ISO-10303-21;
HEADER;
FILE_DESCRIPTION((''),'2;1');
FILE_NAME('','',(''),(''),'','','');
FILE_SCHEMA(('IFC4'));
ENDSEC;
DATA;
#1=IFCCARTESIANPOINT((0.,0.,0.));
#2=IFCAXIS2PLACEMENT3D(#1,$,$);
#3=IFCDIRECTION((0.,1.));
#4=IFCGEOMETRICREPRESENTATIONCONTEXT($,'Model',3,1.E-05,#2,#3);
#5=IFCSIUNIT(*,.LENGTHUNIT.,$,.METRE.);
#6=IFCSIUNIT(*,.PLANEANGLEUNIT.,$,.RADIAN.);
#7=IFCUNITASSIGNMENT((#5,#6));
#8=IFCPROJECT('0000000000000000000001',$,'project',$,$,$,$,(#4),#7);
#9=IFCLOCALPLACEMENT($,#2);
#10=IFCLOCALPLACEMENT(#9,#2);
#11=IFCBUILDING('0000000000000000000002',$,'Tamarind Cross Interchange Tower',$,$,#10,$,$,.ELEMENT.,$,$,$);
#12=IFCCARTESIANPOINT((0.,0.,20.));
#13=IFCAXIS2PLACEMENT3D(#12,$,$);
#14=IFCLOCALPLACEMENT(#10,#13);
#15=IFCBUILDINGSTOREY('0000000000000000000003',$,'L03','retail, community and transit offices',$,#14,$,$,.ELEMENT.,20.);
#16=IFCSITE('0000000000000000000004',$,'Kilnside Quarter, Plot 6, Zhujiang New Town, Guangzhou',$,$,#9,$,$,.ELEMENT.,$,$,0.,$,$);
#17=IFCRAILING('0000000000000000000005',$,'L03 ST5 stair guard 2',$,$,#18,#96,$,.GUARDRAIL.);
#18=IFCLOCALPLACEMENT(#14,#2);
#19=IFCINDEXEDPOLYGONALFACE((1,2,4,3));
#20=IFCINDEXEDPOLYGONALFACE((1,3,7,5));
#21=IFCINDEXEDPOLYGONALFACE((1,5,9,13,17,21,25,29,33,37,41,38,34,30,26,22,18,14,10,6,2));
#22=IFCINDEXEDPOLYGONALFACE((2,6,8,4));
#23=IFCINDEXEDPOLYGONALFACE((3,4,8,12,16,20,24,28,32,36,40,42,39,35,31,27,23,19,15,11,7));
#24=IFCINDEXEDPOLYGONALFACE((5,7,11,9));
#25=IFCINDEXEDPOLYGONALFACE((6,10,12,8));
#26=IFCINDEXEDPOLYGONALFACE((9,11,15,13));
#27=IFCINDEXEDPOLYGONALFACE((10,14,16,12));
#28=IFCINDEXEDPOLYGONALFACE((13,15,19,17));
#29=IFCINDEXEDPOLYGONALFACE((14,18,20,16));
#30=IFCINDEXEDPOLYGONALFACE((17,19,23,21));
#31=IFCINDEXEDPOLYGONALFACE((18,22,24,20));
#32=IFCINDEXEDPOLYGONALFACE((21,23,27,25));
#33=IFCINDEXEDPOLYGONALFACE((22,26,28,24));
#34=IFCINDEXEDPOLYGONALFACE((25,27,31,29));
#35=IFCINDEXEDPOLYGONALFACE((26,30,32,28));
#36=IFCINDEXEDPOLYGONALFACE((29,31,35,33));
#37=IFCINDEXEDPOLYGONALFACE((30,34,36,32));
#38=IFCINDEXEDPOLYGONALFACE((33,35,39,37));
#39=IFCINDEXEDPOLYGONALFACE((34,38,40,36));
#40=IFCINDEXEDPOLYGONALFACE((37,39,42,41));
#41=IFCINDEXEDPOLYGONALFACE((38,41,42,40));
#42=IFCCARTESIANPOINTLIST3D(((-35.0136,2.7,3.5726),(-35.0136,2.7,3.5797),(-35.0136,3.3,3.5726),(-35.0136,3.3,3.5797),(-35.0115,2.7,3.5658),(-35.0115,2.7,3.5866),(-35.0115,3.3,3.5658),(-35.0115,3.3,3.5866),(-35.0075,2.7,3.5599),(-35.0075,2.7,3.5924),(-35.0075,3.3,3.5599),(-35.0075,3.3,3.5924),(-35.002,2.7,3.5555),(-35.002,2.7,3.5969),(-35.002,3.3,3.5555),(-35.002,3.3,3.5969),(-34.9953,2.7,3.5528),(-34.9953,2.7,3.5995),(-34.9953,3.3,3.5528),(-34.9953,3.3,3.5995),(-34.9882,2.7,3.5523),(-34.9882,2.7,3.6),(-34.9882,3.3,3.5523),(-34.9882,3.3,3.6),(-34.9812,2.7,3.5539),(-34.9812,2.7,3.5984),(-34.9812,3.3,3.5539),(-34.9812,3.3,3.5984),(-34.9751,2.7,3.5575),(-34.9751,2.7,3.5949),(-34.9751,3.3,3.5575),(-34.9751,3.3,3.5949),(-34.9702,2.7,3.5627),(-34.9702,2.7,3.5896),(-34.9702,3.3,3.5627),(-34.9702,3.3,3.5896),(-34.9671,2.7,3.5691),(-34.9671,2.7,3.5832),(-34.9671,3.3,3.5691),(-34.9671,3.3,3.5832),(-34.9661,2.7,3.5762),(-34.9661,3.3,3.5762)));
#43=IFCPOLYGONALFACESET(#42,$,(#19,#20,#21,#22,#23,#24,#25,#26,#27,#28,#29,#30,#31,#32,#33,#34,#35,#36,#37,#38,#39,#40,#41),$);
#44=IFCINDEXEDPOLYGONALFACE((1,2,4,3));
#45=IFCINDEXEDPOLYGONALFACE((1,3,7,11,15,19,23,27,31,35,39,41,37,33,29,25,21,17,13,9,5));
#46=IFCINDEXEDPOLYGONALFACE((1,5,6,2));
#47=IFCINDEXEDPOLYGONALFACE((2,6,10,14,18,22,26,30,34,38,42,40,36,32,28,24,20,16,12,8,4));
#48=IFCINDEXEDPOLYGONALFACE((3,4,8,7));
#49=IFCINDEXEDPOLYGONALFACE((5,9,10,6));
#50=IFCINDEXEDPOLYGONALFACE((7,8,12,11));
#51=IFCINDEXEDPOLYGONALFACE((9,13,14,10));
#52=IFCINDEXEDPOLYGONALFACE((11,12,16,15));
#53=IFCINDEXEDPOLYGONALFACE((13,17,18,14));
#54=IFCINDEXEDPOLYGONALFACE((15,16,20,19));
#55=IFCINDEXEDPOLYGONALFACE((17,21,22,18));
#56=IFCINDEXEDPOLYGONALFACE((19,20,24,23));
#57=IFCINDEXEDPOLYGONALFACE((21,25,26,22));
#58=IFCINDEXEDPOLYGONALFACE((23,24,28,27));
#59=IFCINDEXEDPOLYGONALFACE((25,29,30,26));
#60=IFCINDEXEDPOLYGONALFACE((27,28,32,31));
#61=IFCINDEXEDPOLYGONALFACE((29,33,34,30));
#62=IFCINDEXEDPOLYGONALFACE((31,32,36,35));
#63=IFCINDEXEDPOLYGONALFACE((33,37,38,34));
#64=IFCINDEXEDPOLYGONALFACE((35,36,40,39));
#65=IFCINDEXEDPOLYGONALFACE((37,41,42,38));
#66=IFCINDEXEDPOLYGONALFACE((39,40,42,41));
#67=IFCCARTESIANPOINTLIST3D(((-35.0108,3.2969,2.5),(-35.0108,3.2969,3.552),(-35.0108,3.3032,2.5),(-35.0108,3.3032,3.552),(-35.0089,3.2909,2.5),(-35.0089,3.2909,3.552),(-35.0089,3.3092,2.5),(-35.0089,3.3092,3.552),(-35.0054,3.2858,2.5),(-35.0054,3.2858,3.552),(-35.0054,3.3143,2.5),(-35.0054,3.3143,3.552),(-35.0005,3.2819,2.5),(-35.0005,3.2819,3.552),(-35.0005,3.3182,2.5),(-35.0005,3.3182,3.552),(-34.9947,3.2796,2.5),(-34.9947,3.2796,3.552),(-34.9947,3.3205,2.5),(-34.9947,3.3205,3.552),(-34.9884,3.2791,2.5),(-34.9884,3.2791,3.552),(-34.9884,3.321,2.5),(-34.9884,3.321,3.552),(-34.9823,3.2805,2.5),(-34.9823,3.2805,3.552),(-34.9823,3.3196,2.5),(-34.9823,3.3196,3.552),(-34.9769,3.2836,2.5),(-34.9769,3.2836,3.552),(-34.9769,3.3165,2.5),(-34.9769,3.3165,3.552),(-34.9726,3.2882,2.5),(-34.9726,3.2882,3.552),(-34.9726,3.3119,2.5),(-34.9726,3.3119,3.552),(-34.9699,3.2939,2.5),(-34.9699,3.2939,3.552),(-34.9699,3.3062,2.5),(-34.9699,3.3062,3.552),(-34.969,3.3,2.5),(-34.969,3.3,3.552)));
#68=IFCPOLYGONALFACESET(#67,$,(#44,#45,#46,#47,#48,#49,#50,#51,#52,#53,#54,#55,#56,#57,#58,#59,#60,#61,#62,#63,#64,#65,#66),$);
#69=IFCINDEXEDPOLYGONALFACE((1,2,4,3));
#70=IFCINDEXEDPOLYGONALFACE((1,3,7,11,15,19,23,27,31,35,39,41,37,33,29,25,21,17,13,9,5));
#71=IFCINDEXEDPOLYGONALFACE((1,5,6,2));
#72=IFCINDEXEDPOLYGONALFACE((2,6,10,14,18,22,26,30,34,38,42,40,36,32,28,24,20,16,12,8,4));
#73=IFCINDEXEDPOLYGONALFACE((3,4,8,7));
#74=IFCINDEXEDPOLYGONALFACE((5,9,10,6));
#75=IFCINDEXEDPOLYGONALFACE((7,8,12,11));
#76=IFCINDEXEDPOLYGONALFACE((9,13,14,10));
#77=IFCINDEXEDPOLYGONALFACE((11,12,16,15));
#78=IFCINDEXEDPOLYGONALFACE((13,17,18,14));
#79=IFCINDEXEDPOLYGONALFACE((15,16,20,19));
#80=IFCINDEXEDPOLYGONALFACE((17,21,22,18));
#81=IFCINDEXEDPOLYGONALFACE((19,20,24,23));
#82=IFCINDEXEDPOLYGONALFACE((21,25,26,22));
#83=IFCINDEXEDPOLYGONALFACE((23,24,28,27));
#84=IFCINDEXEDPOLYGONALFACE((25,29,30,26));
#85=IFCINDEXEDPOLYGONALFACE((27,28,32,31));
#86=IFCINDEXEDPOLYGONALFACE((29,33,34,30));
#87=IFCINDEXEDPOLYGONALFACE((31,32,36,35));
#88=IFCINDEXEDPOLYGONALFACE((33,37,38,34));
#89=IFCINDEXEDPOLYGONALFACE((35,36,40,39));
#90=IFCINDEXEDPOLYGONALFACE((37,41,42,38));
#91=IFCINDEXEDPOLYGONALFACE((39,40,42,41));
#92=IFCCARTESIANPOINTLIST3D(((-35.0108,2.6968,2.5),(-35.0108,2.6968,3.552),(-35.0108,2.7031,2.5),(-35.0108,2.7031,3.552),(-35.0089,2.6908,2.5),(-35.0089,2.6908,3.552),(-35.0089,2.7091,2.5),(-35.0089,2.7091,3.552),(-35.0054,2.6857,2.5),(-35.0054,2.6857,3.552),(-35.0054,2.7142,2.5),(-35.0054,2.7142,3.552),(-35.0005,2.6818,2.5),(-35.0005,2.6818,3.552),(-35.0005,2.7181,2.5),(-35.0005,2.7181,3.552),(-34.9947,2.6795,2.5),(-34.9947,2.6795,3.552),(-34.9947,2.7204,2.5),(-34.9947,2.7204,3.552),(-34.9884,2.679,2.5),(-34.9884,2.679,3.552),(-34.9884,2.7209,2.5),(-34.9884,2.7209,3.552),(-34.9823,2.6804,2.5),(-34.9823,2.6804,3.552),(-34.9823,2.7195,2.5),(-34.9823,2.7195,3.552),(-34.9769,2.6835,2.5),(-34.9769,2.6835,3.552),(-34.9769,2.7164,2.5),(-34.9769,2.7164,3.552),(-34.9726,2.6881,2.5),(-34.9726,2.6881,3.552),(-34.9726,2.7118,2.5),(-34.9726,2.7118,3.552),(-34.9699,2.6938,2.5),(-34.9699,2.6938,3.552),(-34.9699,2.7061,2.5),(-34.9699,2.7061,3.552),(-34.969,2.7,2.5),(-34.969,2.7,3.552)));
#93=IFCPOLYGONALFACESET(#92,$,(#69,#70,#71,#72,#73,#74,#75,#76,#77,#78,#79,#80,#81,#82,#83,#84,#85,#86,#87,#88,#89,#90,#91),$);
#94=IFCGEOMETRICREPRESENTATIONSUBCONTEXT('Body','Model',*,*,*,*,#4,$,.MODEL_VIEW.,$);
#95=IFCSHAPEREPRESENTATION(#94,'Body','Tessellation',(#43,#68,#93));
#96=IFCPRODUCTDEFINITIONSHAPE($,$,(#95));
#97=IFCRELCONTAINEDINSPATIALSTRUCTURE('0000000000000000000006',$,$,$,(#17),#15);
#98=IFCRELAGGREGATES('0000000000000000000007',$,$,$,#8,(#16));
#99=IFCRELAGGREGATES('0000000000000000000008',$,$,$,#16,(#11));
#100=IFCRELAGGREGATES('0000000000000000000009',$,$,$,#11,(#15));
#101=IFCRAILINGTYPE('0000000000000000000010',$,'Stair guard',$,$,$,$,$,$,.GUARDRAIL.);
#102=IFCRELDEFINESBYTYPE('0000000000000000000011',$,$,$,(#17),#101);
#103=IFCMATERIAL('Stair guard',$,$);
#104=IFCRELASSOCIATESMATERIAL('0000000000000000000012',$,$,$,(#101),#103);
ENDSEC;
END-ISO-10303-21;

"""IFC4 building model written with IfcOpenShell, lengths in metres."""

from ifc_helpers import new_model, si_unit, direction, frame, origin, origin_2d, place, context, subcontext, project, spatial, circle, extrude, material, type_object, element, save


model = new_model("IFC4")

# Units and contexts
model_context = context("Model", 3, precision=1e-05, world=origin(), true_north=direction((0.0, 1.0)))
body_context = subcontext(model_context, "Body", "Model", "MODEL_VIEW")
ifc_project = project(units=[si_unit("LENGTHUNIT", "METRE"), si_unit("PLANEANGLEUNIT", "RADIAN")], contexts=[model_context])

# Site, building, storey
site_placement = place(None, origin())
site = spatial("IfcSite", under=ifc_project, at=site_placement, Name="Kilnside Quarter, Plot 6, Zhujiang New Town, Guangzhou", CompositionType="ELEMENT", RefElevation=0.0)
building_placement = place(site_placement, origin())
building = spatial("IfcBuilding", under=site, at=building_placement, Name="Tamarind Cross Interchange Tower", CompositionType="ELEMENT")
storey_placement = place(building_placement, frame((0.0, 0.0, 20.0)))
storey = spatial("IfcBuildingStorey", under=building, at=storey_placement, Name="L03", Description="retail, community and transit offices", CompositionType="ELEMENT", Elevation=20.0)

# Railing
ifc_material_1 = material(Name="Stair guard")
railing_type_1 = type_object("IfcRailingType", Name="Stair guard", PredefinedType="GUARDRAIL", material=ifc_material_1)
railing_1_placement = place(storey_placement, frame((-34.99, 3.3, 2.5)))
element("IfcRailing", 1, at=railing_1_placement, inside=storey, type_object=railing_type_1, Name="L03 ST5 stair guard 2", PredefinedType="GUARDRAIL", context=body_context, shape_type="SweptSolid", body=[
    extrude(circle(Radius=0.0239, at=origin_2d()), frame((0.0, 0.0, 1.0762), z_axis=(0.0, -1.0, 0.0), x_axis=(1.0, 0.0, 0.0)), (0.0, 0.0, 1.0), 0.6001),
    extrude(circle(Radius=0.021, at=origin_2d()), origin(), (0.0, 0.0, 1.0), 1.052),
    extrude(circle(Radius=0.021, at=origin_2d()), frame((0.0, -0.6001, 0.0)), (0.0, 0.0, 1.0), 1.052),
])

save(model, "model.ifc")
